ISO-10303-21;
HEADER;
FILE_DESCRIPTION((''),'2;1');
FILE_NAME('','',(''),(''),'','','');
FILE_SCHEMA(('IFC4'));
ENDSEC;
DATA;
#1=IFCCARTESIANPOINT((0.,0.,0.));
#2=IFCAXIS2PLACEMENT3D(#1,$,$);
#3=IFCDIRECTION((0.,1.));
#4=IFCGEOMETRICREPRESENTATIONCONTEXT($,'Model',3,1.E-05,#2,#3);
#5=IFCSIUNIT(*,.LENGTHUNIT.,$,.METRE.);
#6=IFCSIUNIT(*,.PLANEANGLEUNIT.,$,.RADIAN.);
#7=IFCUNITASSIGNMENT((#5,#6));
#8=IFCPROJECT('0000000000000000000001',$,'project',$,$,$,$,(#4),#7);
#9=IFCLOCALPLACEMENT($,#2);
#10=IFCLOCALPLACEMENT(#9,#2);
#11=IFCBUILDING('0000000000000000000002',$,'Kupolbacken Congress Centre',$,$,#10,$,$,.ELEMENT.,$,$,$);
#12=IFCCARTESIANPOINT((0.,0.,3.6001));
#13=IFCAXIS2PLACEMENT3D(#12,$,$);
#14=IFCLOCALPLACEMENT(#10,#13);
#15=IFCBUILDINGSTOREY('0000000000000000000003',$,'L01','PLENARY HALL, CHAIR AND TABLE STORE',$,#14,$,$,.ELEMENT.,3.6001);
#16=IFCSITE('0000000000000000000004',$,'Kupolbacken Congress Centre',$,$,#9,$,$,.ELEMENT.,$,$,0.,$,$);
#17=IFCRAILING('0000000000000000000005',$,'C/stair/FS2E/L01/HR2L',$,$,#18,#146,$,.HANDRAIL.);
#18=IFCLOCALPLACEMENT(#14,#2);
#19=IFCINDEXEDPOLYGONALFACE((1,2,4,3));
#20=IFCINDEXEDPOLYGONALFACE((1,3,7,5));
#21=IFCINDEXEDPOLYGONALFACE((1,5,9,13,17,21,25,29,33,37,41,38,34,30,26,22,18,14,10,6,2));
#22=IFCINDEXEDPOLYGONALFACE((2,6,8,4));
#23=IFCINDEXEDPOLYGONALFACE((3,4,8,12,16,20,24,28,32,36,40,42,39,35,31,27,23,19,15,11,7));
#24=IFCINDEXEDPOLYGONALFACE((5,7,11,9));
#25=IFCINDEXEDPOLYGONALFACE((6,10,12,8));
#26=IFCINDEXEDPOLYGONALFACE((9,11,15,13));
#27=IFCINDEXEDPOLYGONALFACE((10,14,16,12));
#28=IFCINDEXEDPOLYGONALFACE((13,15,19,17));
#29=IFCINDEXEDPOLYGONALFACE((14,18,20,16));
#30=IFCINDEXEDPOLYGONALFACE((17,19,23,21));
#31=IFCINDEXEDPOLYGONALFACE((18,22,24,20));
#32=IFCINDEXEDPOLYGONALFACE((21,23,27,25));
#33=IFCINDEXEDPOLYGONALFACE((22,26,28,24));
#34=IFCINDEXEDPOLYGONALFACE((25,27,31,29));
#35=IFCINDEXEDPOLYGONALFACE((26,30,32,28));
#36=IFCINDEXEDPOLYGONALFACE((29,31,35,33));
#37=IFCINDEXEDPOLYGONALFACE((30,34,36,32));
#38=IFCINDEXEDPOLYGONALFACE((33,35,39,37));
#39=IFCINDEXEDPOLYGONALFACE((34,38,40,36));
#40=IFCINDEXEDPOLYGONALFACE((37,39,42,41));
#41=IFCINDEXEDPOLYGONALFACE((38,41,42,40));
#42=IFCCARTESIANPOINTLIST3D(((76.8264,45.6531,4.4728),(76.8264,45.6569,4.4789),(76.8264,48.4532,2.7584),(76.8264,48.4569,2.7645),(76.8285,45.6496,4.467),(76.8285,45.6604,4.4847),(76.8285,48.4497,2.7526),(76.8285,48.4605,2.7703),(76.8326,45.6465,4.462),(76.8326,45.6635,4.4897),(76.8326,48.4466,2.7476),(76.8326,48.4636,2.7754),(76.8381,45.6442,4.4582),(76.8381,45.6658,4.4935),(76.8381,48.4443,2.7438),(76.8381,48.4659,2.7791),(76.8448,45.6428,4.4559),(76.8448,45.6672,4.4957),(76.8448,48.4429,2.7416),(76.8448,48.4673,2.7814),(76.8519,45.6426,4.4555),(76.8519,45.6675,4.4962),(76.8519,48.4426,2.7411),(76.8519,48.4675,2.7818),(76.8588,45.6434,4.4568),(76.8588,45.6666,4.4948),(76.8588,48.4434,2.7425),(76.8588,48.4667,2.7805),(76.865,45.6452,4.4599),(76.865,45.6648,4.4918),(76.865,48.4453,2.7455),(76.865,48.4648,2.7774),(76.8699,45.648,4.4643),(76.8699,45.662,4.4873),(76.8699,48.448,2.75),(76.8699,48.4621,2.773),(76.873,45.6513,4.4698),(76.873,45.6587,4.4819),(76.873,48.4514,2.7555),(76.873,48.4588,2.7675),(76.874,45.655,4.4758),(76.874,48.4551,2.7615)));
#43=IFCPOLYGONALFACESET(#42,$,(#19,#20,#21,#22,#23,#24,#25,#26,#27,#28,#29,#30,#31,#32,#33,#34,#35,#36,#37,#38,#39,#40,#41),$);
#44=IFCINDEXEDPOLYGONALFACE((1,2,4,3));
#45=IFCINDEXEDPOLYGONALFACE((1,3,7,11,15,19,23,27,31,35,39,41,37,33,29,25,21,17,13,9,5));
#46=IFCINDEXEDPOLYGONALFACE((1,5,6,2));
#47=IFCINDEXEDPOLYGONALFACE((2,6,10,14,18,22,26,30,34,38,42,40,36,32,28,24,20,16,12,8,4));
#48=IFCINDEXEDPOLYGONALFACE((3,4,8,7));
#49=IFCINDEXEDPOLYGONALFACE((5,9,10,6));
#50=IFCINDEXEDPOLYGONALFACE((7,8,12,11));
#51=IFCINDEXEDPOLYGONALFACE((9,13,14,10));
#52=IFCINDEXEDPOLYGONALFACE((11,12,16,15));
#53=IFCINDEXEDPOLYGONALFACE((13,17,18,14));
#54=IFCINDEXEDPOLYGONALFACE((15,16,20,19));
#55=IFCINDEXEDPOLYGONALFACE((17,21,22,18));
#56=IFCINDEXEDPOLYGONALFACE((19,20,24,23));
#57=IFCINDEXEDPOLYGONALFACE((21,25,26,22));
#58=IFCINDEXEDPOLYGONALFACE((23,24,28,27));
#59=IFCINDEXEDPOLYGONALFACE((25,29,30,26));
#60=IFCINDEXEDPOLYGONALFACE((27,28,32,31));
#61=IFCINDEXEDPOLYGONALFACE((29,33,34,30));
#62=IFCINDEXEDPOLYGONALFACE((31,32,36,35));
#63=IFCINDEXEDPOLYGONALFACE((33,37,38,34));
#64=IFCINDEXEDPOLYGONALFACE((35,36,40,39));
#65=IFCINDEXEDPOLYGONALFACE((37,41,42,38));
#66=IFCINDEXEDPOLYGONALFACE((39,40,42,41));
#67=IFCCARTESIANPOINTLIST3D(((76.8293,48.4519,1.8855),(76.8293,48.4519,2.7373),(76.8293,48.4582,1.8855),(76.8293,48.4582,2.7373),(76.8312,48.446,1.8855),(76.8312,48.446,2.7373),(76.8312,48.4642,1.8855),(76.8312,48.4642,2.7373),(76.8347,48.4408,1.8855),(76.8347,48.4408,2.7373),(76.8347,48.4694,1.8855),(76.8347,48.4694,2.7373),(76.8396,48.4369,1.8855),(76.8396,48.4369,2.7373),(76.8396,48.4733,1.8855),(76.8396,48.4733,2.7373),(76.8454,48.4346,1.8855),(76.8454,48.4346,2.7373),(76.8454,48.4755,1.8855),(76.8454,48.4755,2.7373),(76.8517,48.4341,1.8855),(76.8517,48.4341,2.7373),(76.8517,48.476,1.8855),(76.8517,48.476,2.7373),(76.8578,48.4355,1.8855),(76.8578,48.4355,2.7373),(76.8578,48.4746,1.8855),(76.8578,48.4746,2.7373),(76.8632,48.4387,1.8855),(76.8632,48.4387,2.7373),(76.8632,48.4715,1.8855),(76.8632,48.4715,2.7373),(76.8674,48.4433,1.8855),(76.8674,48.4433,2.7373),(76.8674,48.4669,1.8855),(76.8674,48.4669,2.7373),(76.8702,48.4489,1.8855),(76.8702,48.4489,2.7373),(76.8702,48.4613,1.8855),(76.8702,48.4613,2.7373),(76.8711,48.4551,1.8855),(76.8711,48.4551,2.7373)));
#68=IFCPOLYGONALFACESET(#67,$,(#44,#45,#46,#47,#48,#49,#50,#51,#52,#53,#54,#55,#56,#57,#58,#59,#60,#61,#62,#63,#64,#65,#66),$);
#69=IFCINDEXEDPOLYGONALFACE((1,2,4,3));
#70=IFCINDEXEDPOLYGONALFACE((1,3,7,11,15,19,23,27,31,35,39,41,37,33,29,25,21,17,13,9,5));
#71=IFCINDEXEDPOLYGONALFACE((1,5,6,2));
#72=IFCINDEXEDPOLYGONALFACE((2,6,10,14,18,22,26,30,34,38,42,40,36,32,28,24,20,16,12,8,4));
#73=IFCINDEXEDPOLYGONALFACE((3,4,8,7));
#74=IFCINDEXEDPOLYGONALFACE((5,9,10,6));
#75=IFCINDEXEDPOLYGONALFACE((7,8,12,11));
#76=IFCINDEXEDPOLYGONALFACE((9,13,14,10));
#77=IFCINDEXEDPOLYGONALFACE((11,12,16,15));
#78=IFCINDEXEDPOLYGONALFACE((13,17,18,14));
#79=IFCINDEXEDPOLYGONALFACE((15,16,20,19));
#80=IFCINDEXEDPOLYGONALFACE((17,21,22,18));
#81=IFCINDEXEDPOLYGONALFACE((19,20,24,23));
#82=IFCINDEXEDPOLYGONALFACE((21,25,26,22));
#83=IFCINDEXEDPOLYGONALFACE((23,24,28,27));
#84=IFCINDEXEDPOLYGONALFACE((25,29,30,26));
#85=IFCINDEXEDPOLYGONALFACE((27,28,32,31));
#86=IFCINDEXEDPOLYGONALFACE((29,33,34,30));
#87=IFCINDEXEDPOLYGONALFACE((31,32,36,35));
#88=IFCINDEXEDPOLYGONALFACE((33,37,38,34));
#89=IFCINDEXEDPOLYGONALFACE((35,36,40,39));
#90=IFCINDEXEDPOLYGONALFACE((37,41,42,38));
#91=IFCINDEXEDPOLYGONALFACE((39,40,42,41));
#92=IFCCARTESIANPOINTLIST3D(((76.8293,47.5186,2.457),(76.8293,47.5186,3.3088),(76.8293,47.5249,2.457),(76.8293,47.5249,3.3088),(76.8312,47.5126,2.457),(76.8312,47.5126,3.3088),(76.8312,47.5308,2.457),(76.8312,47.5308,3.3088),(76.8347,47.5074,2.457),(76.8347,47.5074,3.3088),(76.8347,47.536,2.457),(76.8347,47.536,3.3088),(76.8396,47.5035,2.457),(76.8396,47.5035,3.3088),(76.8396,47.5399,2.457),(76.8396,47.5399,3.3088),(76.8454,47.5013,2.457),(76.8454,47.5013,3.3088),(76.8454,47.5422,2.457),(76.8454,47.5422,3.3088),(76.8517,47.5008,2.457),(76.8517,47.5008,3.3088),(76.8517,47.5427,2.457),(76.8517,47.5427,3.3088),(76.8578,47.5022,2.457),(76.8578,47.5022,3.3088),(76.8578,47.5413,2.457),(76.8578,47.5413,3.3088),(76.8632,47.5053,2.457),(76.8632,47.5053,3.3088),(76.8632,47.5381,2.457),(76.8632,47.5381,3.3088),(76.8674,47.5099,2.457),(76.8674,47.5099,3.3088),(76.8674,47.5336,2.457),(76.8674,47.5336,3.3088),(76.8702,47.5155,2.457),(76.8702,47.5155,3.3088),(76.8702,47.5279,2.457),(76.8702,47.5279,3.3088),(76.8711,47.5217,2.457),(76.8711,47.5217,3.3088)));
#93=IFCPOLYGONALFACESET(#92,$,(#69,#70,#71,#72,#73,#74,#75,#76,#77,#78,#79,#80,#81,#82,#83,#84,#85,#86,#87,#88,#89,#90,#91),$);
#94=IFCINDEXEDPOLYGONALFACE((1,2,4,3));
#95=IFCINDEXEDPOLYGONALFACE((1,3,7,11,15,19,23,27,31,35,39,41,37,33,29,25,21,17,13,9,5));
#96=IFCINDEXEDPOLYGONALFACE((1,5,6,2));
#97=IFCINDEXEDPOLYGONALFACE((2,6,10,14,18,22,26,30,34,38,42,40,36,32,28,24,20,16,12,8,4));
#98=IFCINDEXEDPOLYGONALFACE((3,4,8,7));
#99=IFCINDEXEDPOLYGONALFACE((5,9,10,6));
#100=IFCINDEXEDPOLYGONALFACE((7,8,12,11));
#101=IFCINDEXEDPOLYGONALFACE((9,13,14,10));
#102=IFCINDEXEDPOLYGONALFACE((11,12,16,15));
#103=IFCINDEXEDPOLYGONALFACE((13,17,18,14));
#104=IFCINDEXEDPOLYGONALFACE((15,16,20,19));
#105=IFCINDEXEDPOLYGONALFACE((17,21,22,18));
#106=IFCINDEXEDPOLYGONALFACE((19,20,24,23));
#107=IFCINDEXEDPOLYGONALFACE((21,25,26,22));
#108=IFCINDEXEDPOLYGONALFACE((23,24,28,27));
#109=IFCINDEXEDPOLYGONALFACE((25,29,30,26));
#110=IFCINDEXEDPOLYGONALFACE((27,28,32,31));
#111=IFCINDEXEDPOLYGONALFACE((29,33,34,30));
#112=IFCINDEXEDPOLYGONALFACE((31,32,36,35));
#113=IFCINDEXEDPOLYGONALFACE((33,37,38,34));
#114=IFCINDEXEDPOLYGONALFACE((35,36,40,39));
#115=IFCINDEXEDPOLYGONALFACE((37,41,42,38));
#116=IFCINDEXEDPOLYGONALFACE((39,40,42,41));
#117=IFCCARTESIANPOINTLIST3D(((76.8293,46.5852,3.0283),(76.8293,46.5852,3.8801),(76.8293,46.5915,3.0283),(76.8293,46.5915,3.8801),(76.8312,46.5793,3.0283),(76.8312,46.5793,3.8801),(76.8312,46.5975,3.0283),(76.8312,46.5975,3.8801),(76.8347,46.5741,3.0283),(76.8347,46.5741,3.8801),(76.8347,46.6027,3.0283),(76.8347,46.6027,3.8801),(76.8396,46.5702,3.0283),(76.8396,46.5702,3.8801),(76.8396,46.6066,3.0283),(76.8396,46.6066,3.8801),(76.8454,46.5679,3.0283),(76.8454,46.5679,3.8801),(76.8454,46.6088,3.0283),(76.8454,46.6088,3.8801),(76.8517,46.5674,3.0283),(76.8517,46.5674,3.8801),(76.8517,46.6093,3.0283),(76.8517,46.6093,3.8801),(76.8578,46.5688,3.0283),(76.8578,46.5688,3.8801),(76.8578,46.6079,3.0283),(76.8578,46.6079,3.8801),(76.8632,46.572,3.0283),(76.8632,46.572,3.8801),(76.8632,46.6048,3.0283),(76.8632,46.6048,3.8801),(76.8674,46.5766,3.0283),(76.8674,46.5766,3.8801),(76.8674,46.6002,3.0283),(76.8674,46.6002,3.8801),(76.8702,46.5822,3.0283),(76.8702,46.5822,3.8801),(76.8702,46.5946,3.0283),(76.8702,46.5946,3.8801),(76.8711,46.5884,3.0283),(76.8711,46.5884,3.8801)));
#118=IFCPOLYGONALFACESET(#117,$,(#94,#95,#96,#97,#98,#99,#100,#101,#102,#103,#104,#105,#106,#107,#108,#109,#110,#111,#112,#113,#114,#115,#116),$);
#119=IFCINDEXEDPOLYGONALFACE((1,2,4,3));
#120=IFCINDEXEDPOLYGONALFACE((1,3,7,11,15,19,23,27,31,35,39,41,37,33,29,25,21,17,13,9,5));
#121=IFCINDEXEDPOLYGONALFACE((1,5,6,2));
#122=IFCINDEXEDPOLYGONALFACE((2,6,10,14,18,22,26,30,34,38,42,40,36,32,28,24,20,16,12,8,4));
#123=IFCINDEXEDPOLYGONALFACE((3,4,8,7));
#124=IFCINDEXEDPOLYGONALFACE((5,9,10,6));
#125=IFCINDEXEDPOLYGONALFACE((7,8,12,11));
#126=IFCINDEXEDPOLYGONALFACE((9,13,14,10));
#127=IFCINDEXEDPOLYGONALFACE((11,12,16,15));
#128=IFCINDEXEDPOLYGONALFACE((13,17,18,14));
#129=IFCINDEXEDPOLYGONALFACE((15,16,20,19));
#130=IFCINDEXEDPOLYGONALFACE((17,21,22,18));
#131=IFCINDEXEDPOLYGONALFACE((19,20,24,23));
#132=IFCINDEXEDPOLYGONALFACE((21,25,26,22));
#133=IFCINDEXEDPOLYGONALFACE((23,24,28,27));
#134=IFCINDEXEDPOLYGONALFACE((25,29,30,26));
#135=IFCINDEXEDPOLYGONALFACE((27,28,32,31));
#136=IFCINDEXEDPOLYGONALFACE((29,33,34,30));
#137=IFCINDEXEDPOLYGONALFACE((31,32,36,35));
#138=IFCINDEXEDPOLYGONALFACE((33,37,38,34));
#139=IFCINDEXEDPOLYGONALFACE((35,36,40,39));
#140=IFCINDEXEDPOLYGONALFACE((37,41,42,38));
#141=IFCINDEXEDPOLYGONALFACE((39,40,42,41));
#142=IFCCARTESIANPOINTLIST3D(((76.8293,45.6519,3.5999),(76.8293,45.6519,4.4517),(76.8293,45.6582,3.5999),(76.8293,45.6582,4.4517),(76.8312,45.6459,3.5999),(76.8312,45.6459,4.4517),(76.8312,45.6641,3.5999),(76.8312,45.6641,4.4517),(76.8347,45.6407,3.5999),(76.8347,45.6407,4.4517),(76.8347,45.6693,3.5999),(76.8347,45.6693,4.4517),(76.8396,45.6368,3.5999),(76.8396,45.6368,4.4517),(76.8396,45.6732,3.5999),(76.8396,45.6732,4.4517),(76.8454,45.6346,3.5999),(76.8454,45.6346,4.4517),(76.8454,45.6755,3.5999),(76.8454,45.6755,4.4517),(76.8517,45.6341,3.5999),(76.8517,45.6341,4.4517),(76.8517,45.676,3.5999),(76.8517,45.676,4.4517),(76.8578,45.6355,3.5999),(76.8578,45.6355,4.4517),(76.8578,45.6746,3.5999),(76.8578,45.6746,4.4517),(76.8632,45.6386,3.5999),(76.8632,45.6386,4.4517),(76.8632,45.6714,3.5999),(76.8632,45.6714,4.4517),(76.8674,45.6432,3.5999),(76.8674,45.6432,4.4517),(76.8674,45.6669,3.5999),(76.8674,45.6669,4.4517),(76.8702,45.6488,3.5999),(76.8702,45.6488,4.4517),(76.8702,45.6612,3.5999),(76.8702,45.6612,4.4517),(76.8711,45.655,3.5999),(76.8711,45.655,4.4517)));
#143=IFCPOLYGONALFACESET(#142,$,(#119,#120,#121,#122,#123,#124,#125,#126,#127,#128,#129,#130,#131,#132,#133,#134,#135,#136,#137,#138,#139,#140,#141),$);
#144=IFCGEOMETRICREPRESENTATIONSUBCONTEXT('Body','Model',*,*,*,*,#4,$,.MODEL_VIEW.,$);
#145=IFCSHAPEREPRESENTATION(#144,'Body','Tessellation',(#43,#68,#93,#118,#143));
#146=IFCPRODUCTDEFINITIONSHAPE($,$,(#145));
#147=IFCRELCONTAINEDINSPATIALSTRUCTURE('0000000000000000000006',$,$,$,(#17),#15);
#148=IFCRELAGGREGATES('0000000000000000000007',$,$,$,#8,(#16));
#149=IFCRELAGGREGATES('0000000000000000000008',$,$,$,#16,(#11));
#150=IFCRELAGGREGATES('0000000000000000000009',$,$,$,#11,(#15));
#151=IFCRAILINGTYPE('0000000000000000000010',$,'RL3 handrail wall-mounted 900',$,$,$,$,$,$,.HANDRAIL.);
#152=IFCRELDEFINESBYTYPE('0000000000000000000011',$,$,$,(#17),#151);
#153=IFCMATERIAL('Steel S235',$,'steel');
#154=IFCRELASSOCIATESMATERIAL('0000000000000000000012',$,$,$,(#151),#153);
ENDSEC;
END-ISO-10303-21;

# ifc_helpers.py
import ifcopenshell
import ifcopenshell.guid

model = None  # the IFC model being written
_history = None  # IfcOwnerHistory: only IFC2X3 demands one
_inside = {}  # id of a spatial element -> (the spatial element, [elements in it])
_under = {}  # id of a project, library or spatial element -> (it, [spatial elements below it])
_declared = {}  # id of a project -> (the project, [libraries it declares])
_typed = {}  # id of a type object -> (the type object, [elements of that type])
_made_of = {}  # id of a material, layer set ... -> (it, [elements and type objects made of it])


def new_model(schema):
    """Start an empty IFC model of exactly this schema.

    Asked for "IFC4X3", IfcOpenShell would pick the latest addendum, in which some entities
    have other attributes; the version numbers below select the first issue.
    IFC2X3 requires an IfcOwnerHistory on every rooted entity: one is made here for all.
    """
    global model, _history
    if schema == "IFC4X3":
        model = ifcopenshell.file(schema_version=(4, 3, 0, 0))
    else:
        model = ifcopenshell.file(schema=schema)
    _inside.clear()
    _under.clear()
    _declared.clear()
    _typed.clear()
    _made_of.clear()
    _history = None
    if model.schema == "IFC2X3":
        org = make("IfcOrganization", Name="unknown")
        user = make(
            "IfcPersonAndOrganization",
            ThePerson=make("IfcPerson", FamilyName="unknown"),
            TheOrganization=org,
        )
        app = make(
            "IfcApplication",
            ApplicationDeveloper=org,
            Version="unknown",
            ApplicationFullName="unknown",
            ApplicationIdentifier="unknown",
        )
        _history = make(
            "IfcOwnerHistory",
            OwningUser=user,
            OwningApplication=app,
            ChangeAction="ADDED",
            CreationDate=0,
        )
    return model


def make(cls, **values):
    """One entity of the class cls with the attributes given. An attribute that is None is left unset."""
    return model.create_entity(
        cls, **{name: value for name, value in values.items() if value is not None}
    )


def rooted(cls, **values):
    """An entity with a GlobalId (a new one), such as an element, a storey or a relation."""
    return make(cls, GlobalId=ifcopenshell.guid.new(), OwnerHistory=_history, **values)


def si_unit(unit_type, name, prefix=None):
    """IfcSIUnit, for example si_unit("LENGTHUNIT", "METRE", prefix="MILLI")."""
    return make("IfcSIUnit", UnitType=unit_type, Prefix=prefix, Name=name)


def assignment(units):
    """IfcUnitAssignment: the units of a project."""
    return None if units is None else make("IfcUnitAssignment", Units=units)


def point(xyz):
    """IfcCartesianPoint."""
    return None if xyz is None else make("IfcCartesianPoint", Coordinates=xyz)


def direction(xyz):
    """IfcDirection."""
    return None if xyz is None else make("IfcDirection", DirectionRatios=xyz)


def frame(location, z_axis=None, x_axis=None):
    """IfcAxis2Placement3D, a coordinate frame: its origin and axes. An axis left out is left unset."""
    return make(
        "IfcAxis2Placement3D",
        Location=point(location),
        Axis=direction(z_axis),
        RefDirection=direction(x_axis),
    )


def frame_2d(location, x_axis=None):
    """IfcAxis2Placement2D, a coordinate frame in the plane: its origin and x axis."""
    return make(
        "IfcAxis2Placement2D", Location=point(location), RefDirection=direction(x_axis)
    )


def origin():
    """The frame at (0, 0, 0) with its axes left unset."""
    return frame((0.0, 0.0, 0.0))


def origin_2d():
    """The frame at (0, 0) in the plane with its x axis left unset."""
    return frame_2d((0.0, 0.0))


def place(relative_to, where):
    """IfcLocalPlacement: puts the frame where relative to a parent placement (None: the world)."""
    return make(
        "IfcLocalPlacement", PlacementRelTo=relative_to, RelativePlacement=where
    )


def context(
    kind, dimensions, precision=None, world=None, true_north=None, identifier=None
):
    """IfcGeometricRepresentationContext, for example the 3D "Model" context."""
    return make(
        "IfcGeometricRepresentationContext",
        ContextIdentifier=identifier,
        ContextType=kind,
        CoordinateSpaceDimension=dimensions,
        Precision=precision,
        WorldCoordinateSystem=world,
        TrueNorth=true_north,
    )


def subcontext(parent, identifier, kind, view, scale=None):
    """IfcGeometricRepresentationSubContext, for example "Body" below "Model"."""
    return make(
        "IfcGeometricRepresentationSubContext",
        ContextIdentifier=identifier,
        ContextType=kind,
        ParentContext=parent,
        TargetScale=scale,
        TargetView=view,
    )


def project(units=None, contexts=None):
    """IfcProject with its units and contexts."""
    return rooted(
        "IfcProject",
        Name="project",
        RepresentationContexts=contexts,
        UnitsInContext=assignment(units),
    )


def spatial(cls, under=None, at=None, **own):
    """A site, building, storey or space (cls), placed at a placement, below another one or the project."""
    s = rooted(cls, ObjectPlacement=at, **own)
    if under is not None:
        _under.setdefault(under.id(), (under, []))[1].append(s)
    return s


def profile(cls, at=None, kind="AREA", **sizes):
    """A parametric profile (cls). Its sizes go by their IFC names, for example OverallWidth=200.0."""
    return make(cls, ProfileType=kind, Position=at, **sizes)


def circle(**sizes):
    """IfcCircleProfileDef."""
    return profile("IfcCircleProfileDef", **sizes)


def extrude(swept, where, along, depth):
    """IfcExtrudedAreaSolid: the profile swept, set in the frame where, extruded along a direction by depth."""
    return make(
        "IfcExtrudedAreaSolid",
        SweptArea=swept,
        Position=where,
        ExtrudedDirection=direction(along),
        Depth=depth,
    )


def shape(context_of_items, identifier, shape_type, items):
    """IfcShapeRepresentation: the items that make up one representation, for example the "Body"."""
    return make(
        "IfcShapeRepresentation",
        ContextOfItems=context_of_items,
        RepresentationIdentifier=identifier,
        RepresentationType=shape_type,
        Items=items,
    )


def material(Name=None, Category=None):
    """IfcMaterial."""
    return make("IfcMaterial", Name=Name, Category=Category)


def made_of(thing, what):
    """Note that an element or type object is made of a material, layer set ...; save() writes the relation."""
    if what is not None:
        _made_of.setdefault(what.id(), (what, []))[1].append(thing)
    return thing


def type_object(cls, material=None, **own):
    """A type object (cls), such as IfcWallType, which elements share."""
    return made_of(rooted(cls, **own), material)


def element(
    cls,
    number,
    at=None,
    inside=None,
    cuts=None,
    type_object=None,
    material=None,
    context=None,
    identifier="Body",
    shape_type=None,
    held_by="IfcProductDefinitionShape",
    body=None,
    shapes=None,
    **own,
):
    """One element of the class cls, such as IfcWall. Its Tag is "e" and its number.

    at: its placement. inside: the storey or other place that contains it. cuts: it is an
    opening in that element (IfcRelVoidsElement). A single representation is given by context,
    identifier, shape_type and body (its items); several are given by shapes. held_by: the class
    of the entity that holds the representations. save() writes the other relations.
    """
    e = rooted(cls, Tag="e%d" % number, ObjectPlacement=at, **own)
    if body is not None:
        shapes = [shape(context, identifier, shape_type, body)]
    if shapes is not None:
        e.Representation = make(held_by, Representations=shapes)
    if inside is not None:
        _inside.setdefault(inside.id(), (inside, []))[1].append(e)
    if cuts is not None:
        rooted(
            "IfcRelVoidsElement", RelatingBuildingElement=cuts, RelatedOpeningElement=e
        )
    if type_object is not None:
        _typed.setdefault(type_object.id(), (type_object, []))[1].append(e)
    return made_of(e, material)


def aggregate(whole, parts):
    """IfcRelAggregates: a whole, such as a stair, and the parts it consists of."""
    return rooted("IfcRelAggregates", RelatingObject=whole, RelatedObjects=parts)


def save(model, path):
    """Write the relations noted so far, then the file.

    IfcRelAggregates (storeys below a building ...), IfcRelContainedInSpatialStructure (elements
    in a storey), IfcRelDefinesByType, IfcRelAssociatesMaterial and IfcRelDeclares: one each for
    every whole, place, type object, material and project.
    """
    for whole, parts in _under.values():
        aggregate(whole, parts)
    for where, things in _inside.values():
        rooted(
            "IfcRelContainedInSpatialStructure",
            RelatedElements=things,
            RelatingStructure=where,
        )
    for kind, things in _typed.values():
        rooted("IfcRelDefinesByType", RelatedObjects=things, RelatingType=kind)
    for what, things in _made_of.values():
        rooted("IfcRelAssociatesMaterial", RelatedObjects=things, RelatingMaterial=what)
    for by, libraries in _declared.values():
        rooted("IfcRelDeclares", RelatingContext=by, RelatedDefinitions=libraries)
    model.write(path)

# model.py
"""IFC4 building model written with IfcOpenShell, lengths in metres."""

from ifc_helpers import new_model, si_unit, direction, frame, origin, origin_2d, place, context, subcontext, project, spatial, circle, extrude, material, type_object, element, save


model = new_model("IFC4")

# Units and contexts
model_context = context("Model", 3, precision=1e-05, world=origin(), true_north=direction((0.0, 1.0)))
body_context = subcontext(model_context, "Body", "Model", "MODEL_VIEW")
ifc_project = project(units=[si_unit("LENGTHUNIT", "METRE"), si_unit("PLANEANGLEUNIT", "RADIAN")], contexts=[model_context])

# Site, building, storey
site_placement = place(None, origin())
site = spatial("IfcSite", under=ifc_project, at=site_placement, Name="Kupolbacken Congress Centre", CompositionType="ELEMENT", RefElevation=0.0)
building_placement = place(site_placement, origin())
building = spatial("IfcBuilding", under=site, at=building_placement, Name="Kupolbacken Congress Centre", CompositionType="ELEMENT")
storey_placement = place(building_placement, frame((0.0, 0.0, 3.6001)))
storey = spatial("IfcBuildingStorey", under=building, at=storey_placement, Name="L01", Description="PLENARY HALL, CHAIR AND TABLE STORE", CompositionType="ELEMENT", Elevation=3.6001)

# Railing
ifc_material_1 = material(Name="Steel S235", Category="steel")
railing_type = type_object("IfcRailingType", Name="RL3 handrail wall-mounted 900", PredefinedType="HANDRAIL", material=ifc_material_1)
for number, where, name in (
    (1, (76.8501, 48.4551, 1.8855), "C/stair/FS2E/L01/HR2L"),
):
    element("IfcRailing", number, at=place(storey_placement, frame(where)), inside=storey, type_object=railing_type, Name=name, PredefinedType="HANDRAIL", context=body_context, shape_type="SweptSolid", body=[
        extrude(circle(Radius=0.0239, at=origin_2d()), frame((0.0, 0.0, 0.876), z_axis=(0.0, -0.852846, 0.522163), x_axis=(1.0, 0.0, 0.0)), (0.0, 0.0, 1.0), 3.2832),
        extrude(circle(Radius=0.021, at=origin_2d()), origin(), (0.0, 0.0, 1.0), 0.8518),
        extrude(circle(Radius=0.021, at=origin_2d()), frame((0.0, -0.9333, 0.5715)), (0.0, 0.0, 1.0), 0.8518),
        extrude(circle(Radius=0.021, at=origin_2d()), frame((0.0, -1.8667, 1.1428)), (0.0, 0.0, 1.0), 0.8518),
        extrude(circle(Radius=0.021, at=origin_2d()), frame((0.0, -2.8, 1.7144)), (0.0, 0.0, 1.0), 0.8518),
    ])

save(model, "model.ifc")
